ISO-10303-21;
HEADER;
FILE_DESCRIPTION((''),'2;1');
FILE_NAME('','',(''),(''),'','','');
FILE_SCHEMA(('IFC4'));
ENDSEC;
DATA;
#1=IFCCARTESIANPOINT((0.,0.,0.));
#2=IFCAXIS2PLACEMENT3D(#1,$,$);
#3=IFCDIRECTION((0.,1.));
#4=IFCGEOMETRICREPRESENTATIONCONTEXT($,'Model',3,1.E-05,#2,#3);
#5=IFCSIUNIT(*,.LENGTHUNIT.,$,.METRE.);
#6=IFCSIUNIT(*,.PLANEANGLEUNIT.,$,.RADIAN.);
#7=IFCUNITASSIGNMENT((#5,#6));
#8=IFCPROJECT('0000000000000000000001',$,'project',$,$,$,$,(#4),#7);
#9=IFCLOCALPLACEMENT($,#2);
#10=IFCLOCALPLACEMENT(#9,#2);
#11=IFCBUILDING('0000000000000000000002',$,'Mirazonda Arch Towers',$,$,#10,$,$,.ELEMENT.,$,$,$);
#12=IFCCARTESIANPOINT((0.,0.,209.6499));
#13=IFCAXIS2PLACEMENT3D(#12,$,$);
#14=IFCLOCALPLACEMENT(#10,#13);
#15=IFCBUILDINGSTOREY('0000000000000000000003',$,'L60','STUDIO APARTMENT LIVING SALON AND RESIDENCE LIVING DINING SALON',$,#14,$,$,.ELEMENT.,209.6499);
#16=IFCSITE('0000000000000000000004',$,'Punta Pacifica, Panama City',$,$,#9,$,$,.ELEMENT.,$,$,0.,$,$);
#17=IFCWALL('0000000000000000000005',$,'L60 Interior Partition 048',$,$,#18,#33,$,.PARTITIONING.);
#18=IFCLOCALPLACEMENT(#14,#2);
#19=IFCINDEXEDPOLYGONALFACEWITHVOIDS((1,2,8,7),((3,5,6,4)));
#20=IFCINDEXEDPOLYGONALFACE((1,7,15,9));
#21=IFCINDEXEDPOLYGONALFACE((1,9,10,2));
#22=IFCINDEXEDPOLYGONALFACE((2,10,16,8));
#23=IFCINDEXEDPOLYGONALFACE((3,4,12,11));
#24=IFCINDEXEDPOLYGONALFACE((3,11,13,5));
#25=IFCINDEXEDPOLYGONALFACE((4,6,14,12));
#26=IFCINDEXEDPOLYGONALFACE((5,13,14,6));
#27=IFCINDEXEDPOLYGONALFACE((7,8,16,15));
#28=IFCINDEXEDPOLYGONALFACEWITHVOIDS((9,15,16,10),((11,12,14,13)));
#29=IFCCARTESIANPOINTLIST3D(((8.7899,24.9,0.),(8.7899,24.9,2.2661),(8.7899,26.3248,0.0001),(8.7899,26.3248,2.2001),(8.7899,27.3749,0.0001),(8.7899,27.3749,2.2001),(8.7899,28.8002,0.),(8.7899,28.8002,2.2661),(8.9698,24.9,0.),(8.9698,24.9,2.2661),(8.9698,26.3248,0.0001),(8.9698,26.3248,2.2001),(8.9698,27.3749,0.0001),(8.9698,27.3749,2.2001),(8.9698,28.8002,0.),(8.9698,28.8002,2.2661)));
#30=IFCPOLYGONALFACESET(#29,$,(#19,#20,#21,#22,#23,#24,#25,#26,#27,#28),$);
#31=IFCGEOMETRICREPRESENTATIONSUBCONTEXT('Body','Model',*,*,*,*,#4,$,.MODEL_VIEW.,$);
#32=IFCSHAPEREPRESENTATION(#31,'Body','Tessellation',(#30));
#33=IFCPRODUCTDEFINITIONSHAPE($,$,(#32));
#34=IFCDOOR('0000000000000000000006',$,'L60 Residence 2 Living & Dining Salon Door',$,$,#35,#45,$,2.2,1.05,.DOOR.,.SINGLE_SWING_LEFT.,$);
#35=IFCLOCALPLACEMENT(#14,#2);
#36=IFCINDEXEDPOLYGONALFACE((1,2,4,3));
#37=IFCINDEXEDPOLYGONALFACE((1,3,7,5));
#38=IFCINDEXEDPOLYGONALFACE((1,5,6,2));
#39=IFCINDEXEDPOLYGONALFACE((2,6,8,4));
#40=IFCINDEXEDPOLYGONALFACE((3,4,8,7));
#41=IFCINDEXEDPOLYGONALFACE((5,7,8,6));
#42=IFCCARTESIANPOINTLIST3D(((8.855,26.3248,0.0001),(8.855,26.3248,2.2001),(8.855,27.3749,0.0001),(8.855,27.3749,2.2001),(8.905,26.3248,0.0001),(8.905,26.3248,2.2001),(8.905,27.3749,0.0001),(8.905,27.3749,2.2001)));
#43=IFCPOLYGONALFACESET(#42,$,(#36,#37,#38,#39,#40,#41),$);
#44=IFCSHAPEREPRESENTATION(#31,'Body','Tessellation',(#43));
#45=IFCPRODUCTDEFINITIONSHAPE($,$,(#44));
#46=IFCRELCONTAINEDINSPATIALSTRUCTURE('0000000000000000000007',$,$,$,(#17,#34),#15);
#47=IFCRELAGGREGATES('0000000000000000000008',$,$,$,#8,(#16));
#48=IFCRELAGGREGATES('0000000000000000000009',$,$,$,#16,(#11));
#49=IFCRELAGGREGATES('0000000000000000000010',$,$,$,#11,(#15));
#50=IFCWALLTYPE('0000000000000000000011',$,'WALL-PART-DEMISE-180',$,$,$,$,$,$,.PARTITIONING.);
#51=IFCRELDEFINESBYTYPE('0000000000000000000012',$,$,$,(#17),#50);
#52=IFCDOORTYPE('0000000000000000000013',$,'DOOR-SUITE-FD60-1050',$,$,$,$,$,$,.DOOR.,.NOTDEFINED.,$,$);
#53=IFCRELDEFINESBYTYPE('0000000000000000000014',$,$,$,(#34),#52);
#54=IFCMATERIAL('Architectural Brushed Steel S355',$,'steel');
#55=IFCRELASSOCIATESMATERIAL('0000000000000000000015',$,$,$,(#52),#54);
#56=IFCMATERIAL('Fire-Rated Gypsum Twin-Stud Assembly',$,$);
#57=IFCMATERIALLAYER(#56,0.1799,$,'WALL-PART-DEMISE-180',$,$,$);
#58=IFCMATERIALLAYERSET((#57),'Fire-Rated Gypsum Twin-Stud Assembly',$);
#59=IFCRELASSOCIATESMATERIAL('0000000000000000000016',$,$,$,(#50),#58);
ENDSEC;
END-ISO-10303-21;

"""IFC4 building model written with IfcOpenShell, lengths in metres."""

from ifc_helpers import new_model, si_unit, direction, frame, frame_2d, origin, place, context, subcontext, project, spatial, rectangle, extrude, material, layer, layer_set, type_object, element, fill, save


model = new_model("IFC4")

# Units and contexts
model_context = context("Model", 3, precision=1e-05, world=origin(), true_north=direction((0.0, 1.0)))
body_context = subcontext(model_context, "Body", "Model", "MODEL_VIEW")
ifc_project = project(units=[si_unit("LENGTHUNIT", "METRE"), si_unit("PLANEANGLEUNIT", "RADIAN")], contexts=[model_context])

# Site, building, storey
site_placement = place(None, origin())
site = spatial("IfcSite", under=ifc_project, at=site_placement, Name="Punta Pacifica, Panama City", CompositionType="ELEMENT", RefElevation=0.0)
building_placement = place(site_placement, origin())
building = spatial("IfcBuilding", under=site, at=building_placement, Name="Mirazonda Arch Towers", CompositionType="ELEMENT")
storey_placement = place(building_placement, frame((0.0, 0.0, 209.6499)))
storey = spatial("IfcBuildingStorey", under=building, at=storey_placement, Name="L60", Description="STUDIO APARTMENT LIVING SALON AND RESIDENCE LIVING DINING SALON", CompositionType="ELEMENT", Elevation=209.6499)

# Shared definitions
ifc_material_1 = material(Name="Architectural Brushed Steel S355", Category="steel")

# Shared definitions
door_type_1 = type_object("IfcDoorType", Name="DOOR-SUITE-FD60-1050", OperationType="NOTDEFINED", PredefinedType="DOOR", material=ifc_material_1)

# Shared definitions
ifc_material_2 = material(Name="Fire-Rated Gypsum Twin-Stud Assembly")
ifc_layer_1 = layer(ifc_material_2, 0.1799, Name="WALL-PART-DEMISE-180")
ifc_layer_set_1 = layer_set([ifc_layer_1], Name="Fire-Rated Gypsum Twin-Stud Assembly")
wall_type_1 = type_object("IfcWallType", Name="WALL-PART-DEMISE-180", PredefinedType="PARTITIONING", material=ifc_layer_set_1)

# Wall, opening, door
wall_1_placement = place(storey_placement, frame((8.8799, 24.8999, 0.0), z_axis=(0.0, 0.0, 1.0), x_axis=(0.0, 1.0, 0.0)))
wall_1 = element("IfcWall", 1, at=wall_1_placement, inside=storey, type_object=wall_type_1, Name="L60 Interior Partition 048", PredefinedType="PARTITIONING", context=body_context, shape_type="SweptSolid", body=[
    extrude(rectangle(XDim=3.9001, YDim=0.1799, at=frame_2d((1.9502, 0.0))), origin(), (0.0, 0.0, 1.0), 2.2661),
])
opening_1_placement = place(wall_1_placement, frame((1.425, 0.0, 0.0)))
opening_1 = element("IfcOpeningElement", 2, at=opening_1_placement, cuts=wall_1, PredefinedType="OPENING", context=body_context, shape_type="SweptSolid", body=[
    extrude(rectangle(XDim=1.05, YDim=2.2, at=frame_2d((0.5249, 1.1001))), frame((0.0, 0.0999, 0.0), z_axis=(0.0, -1.0, 0.0), x_axis=(1.0, 0.0, 0.0)), (0.0, 0.0, 1.0), 0.2),
])
door_1_placement = place(opening_1_placement, origin())
door_1 = element("IfcDoor", 3, at=door_1_placement, inside=storey, type_object=door_type_1, Name="L60 Residence 2 Living & Dining Salon Door", OperationType="SINGLE_SWING_LEFT", OverallHeight=2.2, OverallWidth=1.05, PredefinedType="DOOR", context=body_context, shape_type="SweptSolid", body=[
    extrude(rectangle(XDim=1.05, YDim=2.2, at=frame_2d((0.5249, 1.1001))), frame((0.0, 0.0249, 0.0), z_axis=(0.0, -1.0, 0.0), x_axis=(1.0, 0.0, 0.0)), (0.0, 0.0, 1.0), 0.05),
])
fill(opening_1, door_1)

save(model, "model.ifc")
